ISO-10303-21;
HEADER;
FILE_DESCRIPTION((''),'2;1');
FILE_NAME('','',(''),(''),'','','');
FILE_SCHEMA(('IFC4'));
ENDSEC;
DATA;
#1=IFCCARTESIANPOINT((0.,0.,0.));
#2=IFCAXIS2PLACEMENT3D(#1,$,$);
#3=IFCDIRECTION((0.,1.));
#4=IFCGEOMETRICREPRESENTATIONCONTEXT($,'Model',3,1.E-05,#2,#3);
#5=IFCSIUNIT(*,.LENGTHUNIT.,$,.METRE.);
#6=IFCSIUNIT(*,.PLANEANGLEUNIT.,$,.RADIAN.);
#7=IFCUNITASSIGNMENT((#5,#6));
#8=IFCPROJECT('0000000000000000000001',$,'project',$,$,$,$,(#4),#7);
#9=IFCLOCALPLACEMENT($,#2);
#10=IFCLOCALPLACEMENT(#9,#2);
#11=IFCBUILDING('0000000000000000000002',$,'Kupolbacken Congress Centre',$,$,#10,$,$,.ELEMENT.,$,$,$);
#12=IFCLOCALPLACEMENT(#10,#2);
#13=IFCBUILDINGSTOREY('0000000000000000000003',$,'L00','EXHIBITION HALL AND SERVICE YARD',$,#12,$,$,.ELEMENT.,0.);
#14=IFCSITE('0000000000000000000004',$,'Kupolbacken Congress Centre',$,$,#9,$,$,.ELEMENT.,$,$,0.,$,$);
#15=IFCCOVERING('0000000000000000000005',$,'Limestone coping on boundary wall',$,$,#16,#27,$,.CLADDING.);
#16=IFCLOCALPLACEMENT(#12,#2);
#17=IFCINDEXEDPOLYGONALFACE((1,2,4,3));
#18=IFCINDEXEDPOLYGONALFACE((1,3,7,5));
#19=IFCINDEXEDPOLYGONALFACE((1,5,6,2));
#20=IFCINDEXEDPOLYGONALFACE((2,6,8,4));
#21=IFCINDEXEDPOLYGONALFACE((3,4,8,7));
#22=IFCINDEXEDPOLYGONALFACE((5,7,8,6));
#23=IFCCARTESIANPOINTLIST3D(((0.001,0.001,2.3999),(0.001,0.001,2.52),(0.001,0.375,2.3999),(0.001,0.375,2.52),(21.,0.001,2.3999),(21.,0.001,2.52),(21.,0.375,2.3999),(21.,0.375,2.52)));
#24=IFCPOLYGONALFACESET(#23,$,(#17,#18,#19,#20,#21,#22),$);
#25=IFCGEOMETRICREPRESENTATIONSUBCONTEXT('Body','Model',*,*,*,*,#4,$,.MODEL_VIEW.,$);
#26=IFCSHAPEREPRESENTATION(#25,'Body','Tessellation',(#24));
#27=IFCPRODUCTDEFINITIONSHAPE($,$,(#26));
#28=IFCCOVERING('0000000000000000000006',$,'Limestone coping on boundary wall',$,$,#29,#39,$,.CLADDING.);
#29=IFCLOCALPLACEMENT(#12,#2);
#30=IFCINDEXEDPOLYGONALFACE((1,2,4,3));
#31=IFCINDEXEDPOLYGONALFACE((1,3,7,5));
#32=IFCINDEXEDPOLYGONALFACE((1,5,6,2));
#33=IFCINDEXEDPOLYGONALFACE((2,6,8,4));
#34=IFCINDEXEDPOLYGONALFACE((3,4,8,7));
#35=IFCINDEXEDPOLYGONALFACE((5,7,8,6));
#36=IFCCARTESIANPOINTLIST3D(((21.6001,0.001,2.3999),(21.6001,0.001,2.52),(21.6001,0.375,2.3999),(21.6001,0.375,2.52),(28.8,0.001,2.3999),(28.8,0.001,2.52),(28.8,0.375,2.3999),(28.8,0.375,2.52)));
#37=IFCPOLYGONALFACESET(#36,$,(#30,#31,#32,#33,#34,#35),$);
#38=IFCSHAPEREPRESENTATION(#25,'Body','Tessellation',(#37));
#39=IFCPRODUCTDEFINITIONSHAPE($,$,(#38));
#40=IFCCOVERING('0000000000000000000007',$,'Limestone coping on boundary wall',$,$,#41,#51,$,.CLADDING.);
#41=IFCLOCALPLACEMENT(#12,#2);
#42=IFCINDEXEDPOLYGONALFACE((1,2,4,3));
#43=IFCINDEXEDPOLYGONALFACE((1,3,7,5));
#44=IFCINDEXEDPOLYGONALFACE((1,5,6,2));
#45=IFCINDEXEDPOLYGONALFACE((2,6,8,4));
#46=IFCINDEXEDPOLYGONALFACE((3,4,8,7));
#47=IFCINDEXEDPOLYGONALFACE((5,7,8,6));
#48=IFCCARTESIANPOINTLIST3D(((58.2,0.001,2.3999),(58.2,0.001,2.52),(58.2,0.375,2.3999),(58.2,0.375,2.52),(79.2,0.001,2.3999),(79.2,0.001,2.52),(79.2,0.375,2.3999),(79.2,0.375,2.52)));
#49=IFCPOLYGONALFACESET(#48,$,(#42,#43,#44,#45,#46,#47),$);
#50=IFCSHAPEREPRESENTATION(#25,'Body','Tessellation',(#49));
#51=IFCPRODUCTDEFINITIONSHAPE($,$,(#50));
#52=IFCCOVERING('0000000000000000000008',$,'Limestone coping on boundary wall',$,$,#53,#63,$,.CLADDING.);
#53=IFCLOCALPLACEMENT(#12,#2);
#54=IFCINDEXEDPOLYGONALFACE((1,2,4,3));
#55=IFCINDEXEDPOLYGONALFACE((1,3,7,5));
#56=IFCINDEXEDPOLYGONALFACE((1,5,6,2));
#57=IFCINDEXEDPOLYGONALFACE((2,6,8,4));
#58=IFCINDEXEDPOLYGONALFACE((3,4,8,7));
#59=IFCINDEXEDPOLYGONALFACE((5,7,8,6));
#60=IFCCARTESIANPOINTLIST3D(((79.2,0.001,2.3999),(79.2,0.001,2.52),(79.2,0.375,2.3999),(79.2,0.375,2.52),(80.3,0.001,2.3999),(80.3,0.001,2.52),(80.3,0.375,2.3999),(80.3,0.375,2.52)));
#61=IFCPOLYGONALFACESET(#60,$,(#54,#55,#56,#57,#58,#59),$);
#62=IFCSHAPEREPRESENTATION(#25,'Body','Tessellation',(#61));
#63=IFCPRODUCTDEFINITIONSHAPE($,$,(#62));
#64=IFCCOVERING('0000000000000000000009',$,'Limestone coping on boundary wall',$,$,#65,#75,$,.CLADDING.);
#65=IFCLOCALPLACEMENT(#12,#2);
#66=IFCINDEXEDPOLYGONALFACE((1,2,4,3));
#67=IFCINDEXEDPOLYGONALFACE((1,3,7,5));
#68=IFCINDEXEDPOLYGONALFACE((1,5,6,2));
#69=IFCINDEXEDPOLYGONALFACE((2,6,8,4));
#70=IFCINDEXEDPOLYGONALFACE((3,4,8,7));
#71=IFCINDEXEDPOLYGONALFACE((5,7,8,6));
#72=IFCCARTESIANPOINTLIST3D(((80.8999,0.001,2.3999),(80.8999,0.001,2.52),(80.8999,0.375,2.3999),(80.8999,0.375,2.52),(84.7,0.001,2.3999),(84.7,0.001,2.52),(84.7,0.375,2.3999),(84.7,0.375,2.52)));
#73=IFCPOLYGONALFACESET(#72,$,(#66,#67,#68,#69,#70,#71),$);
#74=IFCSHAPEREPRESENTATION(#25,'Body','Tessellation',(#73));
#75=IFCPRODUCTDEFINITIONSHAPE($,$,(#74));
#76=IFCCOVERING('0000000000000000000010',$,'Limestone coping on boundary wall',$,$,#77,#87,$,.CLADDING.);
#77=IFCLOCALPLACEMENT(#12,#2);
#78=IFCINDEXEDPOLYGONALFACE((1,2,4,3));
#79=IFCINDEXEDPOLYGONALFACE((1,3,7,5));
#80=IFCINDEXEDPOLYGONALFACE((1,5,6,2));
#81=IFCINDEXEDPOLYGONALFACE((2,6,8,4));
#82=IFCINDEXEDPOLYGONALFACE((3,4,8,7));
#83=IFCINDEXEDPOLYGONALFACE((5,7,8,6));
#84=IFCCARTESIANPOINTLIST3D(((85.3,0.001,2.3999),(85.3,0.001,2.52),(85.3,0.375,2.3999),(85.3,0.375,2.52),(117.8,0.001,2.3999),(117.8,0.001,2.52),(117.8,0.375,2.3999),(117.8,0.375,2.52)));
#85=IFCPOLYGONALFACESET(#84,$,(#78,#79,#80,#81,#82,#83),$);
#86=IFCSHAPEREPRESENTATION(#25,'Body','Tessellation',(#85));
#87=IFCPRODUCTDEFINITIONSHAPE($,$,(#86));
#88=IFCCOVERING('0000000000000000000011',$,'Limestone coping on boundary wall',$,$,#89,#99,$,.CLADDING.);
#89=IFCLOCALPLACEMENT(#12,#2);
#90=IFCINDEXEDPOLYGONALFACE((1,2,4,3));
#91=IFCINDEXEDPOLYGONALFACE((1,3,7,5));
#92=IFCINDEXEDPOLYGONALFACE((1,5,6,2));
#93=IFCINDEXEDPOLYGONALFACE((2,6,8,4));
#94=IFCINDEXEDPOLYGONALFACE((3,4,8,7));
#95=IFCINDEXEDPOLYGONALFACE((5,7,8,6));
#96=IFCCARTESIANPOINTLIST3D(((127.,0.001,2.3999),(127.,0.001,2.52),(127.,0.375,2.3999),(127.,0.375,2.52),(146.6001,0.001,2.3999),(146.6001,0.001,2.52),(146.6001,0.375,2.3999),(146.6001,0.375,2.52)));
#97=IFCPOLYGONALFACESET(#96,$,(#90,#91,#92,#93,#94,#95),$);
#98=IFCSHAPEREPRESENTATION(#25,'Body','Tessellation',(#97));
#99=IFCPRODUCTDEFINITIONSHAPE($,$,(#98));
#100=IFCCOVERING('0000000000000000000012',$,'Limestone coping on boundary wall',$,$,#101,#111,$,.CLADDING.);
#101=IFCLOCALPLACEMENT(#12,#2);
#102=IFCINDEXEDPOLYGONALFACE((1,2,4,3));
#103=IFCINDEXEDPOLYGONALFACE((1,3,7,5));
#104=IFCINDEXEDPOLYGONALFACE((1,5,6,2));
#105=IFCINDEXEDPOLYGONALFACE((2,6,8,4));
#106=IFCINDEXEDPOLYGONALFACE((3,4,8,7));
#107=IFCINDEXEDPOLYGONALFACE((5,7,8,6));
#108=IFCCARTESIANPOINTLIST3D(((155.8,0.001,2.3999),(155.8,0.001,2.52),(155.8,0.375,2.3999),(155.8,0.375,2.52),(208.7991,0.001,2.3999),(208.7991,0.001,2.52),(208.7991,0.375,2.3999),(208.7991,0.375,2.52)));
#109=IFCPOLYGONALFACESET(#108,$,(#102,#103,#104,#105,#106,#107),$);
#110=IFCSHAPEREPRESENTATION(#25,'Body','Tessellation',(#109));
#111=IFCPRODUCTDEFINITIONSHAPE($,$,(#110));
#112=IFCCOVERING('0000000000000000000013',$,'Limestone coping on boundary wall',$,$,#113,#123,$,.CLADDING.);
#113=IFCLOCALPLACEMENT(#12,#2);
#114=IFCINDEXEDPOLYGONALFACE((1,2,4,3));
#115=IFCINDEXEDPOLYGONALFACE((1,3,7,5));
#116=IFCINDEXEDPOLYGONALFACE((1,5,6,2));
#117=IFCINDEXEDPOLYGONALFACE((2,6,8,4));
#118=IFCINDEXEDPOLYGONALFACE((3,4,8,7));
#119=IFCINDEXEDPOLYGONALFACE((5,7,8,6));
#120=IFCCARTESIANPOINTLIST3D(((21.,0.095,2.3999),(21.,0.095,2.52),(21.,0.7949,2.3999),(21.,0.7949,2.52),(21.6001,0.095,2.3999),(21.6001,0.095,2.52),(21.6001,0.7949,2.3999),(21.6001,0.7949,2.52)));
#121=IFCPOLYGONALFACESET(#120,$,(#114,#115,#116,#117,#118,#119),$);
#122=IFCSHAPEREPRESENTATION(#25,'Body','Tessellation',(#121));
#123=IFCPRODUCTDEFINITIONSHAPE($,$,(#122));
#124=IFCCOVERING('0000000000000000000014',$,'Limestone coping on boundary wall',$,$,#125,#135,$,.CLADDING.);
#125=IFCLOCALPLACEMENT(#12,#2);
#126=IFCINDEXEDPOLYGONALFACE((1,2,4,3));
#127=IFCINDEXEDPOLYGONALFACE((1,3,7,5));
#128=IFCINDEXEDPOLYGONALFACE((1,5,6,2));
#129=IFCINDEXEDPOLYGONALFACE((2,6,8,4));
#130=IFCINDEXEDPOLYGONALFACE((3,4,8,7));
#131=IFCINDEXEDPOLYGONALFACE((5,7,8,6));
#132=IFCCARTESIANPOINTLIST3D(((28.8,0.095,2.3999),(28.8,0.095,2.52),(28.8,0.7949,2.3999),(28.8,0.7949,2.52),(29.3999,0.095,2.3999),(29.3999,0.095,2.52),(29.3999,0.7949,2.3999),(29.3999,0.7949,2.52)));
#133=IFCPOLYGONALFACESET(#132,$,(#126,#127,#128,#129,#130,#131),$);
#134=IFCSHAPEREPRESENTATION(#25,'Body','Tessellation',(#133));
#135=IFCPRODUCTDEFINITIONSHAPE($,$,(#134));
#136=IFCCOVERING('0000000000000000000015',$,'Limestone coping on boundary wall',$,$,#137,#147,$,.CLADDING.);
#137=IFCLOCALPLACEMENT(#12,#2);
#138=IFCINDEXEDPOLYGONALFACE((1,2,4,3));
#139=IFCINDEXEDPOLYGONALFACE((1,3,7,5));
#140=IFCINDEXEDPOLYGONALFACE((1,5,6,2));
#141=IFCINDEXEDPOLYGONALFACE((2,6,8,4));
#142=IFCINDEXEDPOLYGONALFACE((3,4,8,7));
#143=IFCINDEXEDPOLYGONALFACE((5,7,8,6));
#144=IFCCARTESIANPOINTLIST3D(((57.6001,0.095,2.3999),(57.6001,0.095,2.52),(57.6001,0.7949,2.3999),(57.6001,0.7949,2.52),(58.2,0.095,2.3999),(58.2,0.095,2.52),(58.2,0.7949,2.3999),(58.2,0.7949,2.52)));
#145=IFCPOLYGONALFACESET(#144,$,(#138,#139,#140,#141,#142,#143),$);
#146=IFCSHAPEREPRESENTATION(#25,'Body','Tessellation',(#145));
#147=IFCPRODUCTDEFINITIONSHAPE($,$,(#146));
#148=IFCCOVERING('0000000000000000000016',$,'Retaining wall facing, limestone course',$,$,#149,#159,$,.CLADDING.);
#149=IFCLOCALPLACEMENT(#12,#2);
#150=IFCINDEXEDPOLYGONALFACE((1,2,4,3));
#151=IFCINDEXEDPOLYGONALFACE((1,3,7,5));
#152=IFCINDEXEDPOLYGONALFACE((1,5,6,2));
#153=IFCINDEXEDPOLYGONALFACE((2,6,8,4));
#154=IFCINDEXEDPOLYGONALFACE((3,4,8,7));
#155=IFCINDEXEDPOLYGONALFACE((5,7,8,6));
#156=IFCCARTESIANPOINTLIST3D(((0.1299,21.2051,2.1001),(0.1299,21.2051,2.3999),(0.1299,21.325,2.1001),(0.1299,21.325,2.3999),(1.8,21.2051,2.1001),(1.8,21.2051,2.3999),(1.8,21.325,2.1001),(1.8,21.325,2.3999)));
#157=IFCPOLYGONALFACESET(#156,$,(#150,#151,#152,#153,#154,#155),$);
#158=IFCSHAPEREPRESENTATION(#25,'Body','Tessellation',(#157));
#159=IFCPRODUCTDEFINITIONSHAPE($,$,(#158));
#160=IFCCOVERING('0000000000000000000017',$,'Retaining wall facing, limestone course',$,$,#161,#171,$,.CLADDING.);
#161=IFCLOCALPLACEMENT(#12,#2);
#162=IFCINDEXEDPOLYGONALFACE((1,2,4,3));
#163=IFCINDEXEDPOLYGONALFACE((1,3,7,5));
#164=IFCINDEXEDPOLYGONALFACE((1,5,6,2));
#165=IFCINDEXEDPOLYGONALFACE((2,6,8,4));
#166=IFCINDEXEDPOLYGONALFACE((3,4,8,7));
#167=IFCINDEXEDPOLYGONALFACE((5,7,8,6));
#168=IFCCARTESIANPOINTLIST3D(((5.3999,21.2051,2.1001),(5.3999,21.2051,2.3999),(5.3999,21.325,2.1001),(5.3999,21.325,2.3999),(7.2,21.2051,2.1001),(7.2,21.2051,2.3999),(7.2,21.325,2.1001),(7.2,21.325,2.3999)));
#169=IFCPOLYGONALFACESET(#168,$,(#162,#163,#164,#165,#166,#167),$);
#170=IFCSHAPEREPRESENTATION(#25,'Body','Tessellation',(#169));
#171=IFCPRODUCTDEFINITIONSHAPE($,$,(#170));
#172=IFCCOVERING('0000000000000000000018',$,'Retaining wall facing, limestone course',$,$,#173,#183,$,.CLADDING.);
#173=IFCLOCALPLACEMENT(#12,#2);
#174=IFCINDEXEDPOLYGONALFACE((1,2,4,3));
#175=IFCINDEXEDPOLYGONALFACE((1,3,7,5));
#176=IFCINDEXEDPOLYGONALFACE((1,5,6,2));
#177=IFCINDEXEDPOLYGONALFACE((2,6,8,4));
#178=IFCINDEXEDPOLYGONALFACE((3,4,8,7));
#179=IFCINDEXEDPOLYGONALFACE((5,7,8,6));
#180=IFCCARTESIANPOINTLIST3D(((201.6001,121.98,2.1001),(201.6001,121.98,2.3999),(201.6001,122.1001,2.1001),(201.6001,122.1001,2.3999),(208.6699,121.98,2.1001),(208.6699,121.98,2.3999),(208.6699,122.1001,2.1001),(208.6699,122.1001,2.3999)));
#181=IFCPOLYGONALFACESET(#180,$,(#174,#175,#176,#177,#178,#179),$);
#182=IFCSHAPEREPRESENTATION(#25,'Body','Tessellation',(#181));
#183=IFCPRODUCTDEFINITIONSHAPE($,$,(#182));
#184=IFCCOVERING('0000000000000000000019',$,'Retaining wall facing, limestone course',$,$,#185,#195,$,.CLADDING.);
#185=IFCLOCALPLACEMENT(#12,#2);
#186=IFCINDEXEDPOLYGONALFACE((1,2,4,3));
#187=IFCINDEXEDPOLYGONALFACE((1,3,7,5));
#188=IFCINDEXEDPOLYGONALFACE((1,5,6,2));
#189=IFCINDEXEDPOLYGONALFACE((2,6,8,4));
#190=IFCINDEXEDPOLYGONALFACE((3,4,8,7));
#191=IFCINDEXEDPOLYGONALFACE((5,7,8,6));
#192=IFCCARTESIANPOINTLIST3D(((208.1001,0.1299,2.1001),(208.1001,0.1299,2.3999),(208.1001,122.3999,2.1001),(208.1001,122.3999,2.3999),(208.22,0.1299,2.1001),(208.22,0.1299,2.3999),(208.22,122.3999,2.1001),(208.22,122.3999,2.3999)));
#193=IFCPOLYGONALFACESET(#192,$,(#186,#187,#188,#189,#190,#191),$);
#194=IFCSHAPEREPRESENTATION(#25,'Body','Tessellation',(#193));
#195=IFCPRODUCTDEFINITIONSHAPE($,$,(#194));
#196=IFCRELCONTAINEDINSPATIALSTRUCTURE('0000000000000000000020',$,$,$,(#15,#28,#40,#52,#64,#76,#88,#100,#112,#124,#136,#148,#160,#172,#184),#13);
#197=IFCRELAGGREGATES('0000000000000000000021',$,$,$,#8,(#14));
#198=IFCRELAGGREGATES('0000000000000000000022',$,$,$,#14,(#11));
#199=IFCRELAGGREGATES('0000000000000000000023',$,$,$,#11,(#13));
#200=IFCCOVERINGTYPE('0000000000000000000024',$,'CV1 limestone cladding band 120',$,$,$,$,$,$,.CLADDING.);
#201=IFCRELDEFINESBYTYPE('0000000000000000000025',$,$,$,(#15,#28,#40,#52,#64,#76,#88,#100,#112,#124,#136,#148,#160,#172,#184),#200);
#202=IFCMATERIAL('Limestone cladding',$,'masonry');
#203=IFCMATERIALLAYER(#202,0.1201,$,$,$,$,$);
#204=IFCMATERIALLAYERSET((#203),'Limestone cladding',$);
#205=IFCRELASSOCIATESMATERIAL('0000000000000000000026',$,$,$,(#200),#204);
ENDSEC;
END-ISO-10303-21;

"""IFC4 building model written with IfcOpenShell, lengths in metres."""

from ifc_helpers import new_model, si_unit, direction, frame, origin, place, context, subcontext, project, spatial, polyline, outline, extrude, material, layer, layer_set, type_object, element, save


model = new_model("IFC4")

# Units and contexts
model_context = context("Model", 3, precision=1e-05, world=origin(), true_north=direction((0.0, 1.0)))
body_context = subcontext(model_context, "Body", "Model", "MODEL_VIEW")
ifc_project = project(units=[si_unit("LENGTHUNIT", "METRE"), si_unit("PLANEANGLEUNIT", "RADIAN")], contexts=[model_context])

# Site, building, storey
site_placement = place(None, origin())
site = spatial("IfcSite", under=ifc_project, at=site_placement, Name="Kupolbacken Congress Centre", CompositionType="ELEMENT", RefElevation=0.0)
building_placement = place(site_placement, origin())
building = spatial("IfcBuilding", under=site, at=building_placement, Name="Kupolbacken Congress Centre", CompositionType="ELEMENT")
storey_placement = place(building_placement, origin())
storey = spatial("IfcBuildingStorey", under=building, at=storey_placement, Name="L00", Description="EXHIBITION HALL AND SERVICE YARD", CompositionType="ELEMENT", Elevation=0.0)

# Coverings
ifc_material_1 = material(Name="Limestone cladding", Category="masonry")
ifc_layer_1 = layer(ifc_material_1, 0.1201)
ifc_layer_set_1 = layer_set([ifc_layer_1], Name="Limestone cladding")
covering_type_1 = type_object("IfcCoveringType", Name="CV1 limestone cladding band 120", PredefinedType="CLADDING", material=ifc_layer_set_1)
covering_1_placement = place(storey_placement, frame((0.0, 0.0, 2.3999)))
element("IfcCovering", 1, at=covering_1_placement, inside=storey, type_object=covering_type_1, Name="Limestone coping on boundary wall", PredefinedType="CLADDING", context=body_context, shape_type="SweptSolid", body=[
    extrude(outline(polyline([(0.001, 0.375), (21.0, 0.375), (21.0, 0.001), (0.001, 0.001), (0.001, 0.375)])), origin(), (0.0, 0.0, 1.0), 0.1201),
])
covering_2_placement = place(storey_placement, frame((0.0, 0.0, 2.3999)))
element("IfcCovering", 2, at=covering_2_placement, inside=storey, type_object=covering_type_1, Name="Limestone coping on boundary wall", PredefinedType="CLADDING", context=body_context, shape_type="SweptSolid", body=[
    extrude(outline(polyline([(21.6001, 0.375), (28.8, 0.375), (28.8, 0.001), (21.6001, 0.001), (21.6001, 0.375)])), origin(), (0.0, 0.0, 1.0), 0.1201),
])
covering_3_placement = place(storey_placement, frame((0.0, 0.0, 2.3999)))
element("IfcCovering", 3, at=covering_3_placement, inside=storey, type_object=covering_type_1, Name="Limestone coping on boundary wall", PredefinedType="CLADDING", context=body_context, shape_type="SweptSolid", body=[
    extrude(outline(polyline([(58.2, 0.375), (79.2, 0.375), (79.2, 0.001), (58.2, 0.001), (58.2, 0.375)])), origin(), (0.0, 0.0, 1.0), 0.1201),
])
covering_4_placement = place(storey_placement, frame((0.0, 0.0, 2.3999)))
element("IfcCovering", 4, at=covering_4_placement, inside=storey, type_object=covering_type_1, Name="Limestone coping on boundary wall", PredefinedType="CLADDING", context=body_context, shape_type="SweptSolid", body=[
    extrude(outline(polyline([(79.2, 0.375), (80.3, 0.375), (80.3, 0.001), (79.2, 0.001), (79.2, 0.375)])), origin(), (0.0, 0.0, 1.0), 0.1201),
])
covering_5_placement = place(storey_placement, frame((0.0, 0.0, 2.3999)))
element("IfcCovering", 5, at=covering_5_placement, inside=storey, type_object=covering_type_1, Name="Limestone coping on boundary wall", PredefinedType="CLADDING", context=body_context, shape_type="SweptSolid", body=[
    extrude(outline(polyline([(80.8999, 0.375), (84.7, 0.375), (84.7, 0.001), (80.8999, 0.001), (80.8999, 0.375)])), origin(), (0.0, 0.0, 1.0), 0.1201),
])
covering_6_placement = place(storey_placement, frame((0.0, 0.0, 2.3999)))
element("IfcCovering", 6, at=covering_6_placement, inside=storey, type_object=covering_type_1, Name="Limestone coping on boundary wall", PredefinedType="CLADDING", context=body_context, shape_type="SweptSolid", body=[
    extrude(outline(polyline([(85.3, 0.375), (117.8, 0.375), (117.8, 0.001), (85.3, 0.001), (85.3, 0.375)])), origin(), (0.0, 0.0, 1.0), 0.1201),
])
covering_7_placement = place(storey_placement, frame((0.0, 0.0, 2.3999)))
element("IfcCovering", 7, at=covering_7_placement, inside=storey, type_object=covering_type_1, Name="Limestone coping on boundary wall", PredefinedType="CLADDING", context=body_context, shape_type="SweptSolid", body=[
    extrude(outline(polyline([(127.0, 0.375), (146.6001, 0.375), (146.6001, 0.001), (127.0, 0.001), (127.0, 0.375)])), origin(), (0.0, 0.0, 1.0), 0.1201),
])
covering_8_placement = place(storey_placement, frame((0.0, 0.0, 2.3999)))
element("IfcCovering", 8, at=covering_8_placement, inside=storey, type_object=covering_type_1, Name="Limestone coping on boundary wall", PredefinedType="CLADDING", context=body_context, shape_type="SweptSolid", body=[
    extrude(outline(polyline([(155.8, 0.375), (208.7991, 0.375), (208.7991, 0.001), (155.8, 0.001), (155.8, 0.375)])), origin(), (0.0, 0.0, 1.0), 0.1201),
])
covering_9_placement = place(storey_placement, frame((0.0, 0.0, 2.3999)))
element("IfcCovering", 9, at=covering_9_placement, inside=storey, type_object=covering_type_1, Name="Limestone coping on boundary wall", PredefinedType="CLADDING", context=body_context, shape_type="SweptSolid", body=[
    extrude(outline(polyline([(21.6001, 0.7949), (21.6001, 0.095), (21.0, 0.095), (21.0, 0.7949), (21.6001, 0.7949)])), origin(), (0.0, 0.0, 1.0), 0.1201),
])
covering_10_placement = place(storey_placement, frame((0.0, 0.0, 2.3999)))
element("IfcCovering", 10, at=covering_10_placement, inside=storey, type_object=covering_type_1, Name="Limestone coping on boundary wall", PredefinedType="CLADDING", context=body_context, shape_type="SweptSolid", body=[
    extrude(outline(polyline([(28.8, 0.095), (28.8, 0.7949), (29.3999, 0.7949), (29.3999, 0.095), (28.8, 0.095)])), origin(), (0.0, 0.0, 1.0), 0.1201),
])
covering_11_placement = place(storey_placement, frame((0.0, 0.0, 2.3999)))
element("IfcCovering", 11, at=covering_11_placement, inside=storey, type_object=covering_type_1, Name="Limestone coping on boundary wall", PredefinedType="CLADDING", context=body_context, shape_type="SweptSolid", body=[
    extrude(outline(polyline([(57.6001, 0.095), (57.6001, 0.7949), (58.2, 0.7949), (58.2, 0.095), (57.6001, 0.095)])), origin(), (0.0, 0.0, 1.0), 0.1201),
])
covering_12_placement = place(storey_placement, frame((0.0, 0.0, 2.1001)))
element("IfcCovering", 12, at=covering_12_placement, inside=storey, type_object=covering_type_1, Name="Retaining wall facing, limestone course", PredefinedType="CLADDING", context=body_context, shape_type="SweptSolid", body=[
    extrude(outline(polyline([(0.1299, 21.2051), (0.1299, 21.325), (1.8, 21.325), (1.8, 21.2051), (0.1299, 21.2051)])), origin(), (0.0, 0.0, 1.0), 0.2998),
])
covering_13_placement = place(storey_placement, frame((0.0, 0.0, 2.1001)))
element("IfcCovering", 13, at=covering_13_placement, inside=storey, type_object=covering_type_1, Name="Retaining wall facing, limestone course", PredefinedType="CLADDING", context=body_context, shape_type="SweptSolid", body=[
    extrude(outline(polyline([(5.3999, 21.2051), (5.3999, 21.325), (7.2, 21.325), (7.2, 21.2051), (5.3999, 21.2051)])), origin(), (0.0, 0.0, 1.0), 0.2998),
])
covering_14_placement = place(storey_placement, frame((0.0, 0.0, 2.1001)))
element("IfcCovering", 14, at=covering_14_placement, inside=storey, type_object=covering_type_1, Name="Retaining wall facing, limestone course", PredefinedType="CLADDING", context=body_context, shape_type="SweptSolid", body=[
    extrude(outline(polyline([(201.6001, 121.98), (201.6001, 122.1001), (208.6699, 122.1001), (208.6699, 121.98), (201.6001, 121.98)])), origin(), (0.0, 0.0, 1.0), 0.2998),
])
covering_15_placement = place(storey_placement, frame((0.0, 0.0, 2.1001)))
element("IfcCovering", 15, at=covering_15_placement, inside=storey, type_object=covering_type_1, Name="Retaining wall facing, limestone course", PredefinedType="CLADDING", context=body_context, shape_type="SweptSolid", body=[
    extrude(outline(polyline([(208.22, 0.1299), (208.1001, 0.1299), (208.1001, 122.3999), (208.22, 122.3999), (208.22, 0.1299)])), origin(), (0.0, 0.0, 1.0), 0.2998),
])

save(model, "model.ifc")
